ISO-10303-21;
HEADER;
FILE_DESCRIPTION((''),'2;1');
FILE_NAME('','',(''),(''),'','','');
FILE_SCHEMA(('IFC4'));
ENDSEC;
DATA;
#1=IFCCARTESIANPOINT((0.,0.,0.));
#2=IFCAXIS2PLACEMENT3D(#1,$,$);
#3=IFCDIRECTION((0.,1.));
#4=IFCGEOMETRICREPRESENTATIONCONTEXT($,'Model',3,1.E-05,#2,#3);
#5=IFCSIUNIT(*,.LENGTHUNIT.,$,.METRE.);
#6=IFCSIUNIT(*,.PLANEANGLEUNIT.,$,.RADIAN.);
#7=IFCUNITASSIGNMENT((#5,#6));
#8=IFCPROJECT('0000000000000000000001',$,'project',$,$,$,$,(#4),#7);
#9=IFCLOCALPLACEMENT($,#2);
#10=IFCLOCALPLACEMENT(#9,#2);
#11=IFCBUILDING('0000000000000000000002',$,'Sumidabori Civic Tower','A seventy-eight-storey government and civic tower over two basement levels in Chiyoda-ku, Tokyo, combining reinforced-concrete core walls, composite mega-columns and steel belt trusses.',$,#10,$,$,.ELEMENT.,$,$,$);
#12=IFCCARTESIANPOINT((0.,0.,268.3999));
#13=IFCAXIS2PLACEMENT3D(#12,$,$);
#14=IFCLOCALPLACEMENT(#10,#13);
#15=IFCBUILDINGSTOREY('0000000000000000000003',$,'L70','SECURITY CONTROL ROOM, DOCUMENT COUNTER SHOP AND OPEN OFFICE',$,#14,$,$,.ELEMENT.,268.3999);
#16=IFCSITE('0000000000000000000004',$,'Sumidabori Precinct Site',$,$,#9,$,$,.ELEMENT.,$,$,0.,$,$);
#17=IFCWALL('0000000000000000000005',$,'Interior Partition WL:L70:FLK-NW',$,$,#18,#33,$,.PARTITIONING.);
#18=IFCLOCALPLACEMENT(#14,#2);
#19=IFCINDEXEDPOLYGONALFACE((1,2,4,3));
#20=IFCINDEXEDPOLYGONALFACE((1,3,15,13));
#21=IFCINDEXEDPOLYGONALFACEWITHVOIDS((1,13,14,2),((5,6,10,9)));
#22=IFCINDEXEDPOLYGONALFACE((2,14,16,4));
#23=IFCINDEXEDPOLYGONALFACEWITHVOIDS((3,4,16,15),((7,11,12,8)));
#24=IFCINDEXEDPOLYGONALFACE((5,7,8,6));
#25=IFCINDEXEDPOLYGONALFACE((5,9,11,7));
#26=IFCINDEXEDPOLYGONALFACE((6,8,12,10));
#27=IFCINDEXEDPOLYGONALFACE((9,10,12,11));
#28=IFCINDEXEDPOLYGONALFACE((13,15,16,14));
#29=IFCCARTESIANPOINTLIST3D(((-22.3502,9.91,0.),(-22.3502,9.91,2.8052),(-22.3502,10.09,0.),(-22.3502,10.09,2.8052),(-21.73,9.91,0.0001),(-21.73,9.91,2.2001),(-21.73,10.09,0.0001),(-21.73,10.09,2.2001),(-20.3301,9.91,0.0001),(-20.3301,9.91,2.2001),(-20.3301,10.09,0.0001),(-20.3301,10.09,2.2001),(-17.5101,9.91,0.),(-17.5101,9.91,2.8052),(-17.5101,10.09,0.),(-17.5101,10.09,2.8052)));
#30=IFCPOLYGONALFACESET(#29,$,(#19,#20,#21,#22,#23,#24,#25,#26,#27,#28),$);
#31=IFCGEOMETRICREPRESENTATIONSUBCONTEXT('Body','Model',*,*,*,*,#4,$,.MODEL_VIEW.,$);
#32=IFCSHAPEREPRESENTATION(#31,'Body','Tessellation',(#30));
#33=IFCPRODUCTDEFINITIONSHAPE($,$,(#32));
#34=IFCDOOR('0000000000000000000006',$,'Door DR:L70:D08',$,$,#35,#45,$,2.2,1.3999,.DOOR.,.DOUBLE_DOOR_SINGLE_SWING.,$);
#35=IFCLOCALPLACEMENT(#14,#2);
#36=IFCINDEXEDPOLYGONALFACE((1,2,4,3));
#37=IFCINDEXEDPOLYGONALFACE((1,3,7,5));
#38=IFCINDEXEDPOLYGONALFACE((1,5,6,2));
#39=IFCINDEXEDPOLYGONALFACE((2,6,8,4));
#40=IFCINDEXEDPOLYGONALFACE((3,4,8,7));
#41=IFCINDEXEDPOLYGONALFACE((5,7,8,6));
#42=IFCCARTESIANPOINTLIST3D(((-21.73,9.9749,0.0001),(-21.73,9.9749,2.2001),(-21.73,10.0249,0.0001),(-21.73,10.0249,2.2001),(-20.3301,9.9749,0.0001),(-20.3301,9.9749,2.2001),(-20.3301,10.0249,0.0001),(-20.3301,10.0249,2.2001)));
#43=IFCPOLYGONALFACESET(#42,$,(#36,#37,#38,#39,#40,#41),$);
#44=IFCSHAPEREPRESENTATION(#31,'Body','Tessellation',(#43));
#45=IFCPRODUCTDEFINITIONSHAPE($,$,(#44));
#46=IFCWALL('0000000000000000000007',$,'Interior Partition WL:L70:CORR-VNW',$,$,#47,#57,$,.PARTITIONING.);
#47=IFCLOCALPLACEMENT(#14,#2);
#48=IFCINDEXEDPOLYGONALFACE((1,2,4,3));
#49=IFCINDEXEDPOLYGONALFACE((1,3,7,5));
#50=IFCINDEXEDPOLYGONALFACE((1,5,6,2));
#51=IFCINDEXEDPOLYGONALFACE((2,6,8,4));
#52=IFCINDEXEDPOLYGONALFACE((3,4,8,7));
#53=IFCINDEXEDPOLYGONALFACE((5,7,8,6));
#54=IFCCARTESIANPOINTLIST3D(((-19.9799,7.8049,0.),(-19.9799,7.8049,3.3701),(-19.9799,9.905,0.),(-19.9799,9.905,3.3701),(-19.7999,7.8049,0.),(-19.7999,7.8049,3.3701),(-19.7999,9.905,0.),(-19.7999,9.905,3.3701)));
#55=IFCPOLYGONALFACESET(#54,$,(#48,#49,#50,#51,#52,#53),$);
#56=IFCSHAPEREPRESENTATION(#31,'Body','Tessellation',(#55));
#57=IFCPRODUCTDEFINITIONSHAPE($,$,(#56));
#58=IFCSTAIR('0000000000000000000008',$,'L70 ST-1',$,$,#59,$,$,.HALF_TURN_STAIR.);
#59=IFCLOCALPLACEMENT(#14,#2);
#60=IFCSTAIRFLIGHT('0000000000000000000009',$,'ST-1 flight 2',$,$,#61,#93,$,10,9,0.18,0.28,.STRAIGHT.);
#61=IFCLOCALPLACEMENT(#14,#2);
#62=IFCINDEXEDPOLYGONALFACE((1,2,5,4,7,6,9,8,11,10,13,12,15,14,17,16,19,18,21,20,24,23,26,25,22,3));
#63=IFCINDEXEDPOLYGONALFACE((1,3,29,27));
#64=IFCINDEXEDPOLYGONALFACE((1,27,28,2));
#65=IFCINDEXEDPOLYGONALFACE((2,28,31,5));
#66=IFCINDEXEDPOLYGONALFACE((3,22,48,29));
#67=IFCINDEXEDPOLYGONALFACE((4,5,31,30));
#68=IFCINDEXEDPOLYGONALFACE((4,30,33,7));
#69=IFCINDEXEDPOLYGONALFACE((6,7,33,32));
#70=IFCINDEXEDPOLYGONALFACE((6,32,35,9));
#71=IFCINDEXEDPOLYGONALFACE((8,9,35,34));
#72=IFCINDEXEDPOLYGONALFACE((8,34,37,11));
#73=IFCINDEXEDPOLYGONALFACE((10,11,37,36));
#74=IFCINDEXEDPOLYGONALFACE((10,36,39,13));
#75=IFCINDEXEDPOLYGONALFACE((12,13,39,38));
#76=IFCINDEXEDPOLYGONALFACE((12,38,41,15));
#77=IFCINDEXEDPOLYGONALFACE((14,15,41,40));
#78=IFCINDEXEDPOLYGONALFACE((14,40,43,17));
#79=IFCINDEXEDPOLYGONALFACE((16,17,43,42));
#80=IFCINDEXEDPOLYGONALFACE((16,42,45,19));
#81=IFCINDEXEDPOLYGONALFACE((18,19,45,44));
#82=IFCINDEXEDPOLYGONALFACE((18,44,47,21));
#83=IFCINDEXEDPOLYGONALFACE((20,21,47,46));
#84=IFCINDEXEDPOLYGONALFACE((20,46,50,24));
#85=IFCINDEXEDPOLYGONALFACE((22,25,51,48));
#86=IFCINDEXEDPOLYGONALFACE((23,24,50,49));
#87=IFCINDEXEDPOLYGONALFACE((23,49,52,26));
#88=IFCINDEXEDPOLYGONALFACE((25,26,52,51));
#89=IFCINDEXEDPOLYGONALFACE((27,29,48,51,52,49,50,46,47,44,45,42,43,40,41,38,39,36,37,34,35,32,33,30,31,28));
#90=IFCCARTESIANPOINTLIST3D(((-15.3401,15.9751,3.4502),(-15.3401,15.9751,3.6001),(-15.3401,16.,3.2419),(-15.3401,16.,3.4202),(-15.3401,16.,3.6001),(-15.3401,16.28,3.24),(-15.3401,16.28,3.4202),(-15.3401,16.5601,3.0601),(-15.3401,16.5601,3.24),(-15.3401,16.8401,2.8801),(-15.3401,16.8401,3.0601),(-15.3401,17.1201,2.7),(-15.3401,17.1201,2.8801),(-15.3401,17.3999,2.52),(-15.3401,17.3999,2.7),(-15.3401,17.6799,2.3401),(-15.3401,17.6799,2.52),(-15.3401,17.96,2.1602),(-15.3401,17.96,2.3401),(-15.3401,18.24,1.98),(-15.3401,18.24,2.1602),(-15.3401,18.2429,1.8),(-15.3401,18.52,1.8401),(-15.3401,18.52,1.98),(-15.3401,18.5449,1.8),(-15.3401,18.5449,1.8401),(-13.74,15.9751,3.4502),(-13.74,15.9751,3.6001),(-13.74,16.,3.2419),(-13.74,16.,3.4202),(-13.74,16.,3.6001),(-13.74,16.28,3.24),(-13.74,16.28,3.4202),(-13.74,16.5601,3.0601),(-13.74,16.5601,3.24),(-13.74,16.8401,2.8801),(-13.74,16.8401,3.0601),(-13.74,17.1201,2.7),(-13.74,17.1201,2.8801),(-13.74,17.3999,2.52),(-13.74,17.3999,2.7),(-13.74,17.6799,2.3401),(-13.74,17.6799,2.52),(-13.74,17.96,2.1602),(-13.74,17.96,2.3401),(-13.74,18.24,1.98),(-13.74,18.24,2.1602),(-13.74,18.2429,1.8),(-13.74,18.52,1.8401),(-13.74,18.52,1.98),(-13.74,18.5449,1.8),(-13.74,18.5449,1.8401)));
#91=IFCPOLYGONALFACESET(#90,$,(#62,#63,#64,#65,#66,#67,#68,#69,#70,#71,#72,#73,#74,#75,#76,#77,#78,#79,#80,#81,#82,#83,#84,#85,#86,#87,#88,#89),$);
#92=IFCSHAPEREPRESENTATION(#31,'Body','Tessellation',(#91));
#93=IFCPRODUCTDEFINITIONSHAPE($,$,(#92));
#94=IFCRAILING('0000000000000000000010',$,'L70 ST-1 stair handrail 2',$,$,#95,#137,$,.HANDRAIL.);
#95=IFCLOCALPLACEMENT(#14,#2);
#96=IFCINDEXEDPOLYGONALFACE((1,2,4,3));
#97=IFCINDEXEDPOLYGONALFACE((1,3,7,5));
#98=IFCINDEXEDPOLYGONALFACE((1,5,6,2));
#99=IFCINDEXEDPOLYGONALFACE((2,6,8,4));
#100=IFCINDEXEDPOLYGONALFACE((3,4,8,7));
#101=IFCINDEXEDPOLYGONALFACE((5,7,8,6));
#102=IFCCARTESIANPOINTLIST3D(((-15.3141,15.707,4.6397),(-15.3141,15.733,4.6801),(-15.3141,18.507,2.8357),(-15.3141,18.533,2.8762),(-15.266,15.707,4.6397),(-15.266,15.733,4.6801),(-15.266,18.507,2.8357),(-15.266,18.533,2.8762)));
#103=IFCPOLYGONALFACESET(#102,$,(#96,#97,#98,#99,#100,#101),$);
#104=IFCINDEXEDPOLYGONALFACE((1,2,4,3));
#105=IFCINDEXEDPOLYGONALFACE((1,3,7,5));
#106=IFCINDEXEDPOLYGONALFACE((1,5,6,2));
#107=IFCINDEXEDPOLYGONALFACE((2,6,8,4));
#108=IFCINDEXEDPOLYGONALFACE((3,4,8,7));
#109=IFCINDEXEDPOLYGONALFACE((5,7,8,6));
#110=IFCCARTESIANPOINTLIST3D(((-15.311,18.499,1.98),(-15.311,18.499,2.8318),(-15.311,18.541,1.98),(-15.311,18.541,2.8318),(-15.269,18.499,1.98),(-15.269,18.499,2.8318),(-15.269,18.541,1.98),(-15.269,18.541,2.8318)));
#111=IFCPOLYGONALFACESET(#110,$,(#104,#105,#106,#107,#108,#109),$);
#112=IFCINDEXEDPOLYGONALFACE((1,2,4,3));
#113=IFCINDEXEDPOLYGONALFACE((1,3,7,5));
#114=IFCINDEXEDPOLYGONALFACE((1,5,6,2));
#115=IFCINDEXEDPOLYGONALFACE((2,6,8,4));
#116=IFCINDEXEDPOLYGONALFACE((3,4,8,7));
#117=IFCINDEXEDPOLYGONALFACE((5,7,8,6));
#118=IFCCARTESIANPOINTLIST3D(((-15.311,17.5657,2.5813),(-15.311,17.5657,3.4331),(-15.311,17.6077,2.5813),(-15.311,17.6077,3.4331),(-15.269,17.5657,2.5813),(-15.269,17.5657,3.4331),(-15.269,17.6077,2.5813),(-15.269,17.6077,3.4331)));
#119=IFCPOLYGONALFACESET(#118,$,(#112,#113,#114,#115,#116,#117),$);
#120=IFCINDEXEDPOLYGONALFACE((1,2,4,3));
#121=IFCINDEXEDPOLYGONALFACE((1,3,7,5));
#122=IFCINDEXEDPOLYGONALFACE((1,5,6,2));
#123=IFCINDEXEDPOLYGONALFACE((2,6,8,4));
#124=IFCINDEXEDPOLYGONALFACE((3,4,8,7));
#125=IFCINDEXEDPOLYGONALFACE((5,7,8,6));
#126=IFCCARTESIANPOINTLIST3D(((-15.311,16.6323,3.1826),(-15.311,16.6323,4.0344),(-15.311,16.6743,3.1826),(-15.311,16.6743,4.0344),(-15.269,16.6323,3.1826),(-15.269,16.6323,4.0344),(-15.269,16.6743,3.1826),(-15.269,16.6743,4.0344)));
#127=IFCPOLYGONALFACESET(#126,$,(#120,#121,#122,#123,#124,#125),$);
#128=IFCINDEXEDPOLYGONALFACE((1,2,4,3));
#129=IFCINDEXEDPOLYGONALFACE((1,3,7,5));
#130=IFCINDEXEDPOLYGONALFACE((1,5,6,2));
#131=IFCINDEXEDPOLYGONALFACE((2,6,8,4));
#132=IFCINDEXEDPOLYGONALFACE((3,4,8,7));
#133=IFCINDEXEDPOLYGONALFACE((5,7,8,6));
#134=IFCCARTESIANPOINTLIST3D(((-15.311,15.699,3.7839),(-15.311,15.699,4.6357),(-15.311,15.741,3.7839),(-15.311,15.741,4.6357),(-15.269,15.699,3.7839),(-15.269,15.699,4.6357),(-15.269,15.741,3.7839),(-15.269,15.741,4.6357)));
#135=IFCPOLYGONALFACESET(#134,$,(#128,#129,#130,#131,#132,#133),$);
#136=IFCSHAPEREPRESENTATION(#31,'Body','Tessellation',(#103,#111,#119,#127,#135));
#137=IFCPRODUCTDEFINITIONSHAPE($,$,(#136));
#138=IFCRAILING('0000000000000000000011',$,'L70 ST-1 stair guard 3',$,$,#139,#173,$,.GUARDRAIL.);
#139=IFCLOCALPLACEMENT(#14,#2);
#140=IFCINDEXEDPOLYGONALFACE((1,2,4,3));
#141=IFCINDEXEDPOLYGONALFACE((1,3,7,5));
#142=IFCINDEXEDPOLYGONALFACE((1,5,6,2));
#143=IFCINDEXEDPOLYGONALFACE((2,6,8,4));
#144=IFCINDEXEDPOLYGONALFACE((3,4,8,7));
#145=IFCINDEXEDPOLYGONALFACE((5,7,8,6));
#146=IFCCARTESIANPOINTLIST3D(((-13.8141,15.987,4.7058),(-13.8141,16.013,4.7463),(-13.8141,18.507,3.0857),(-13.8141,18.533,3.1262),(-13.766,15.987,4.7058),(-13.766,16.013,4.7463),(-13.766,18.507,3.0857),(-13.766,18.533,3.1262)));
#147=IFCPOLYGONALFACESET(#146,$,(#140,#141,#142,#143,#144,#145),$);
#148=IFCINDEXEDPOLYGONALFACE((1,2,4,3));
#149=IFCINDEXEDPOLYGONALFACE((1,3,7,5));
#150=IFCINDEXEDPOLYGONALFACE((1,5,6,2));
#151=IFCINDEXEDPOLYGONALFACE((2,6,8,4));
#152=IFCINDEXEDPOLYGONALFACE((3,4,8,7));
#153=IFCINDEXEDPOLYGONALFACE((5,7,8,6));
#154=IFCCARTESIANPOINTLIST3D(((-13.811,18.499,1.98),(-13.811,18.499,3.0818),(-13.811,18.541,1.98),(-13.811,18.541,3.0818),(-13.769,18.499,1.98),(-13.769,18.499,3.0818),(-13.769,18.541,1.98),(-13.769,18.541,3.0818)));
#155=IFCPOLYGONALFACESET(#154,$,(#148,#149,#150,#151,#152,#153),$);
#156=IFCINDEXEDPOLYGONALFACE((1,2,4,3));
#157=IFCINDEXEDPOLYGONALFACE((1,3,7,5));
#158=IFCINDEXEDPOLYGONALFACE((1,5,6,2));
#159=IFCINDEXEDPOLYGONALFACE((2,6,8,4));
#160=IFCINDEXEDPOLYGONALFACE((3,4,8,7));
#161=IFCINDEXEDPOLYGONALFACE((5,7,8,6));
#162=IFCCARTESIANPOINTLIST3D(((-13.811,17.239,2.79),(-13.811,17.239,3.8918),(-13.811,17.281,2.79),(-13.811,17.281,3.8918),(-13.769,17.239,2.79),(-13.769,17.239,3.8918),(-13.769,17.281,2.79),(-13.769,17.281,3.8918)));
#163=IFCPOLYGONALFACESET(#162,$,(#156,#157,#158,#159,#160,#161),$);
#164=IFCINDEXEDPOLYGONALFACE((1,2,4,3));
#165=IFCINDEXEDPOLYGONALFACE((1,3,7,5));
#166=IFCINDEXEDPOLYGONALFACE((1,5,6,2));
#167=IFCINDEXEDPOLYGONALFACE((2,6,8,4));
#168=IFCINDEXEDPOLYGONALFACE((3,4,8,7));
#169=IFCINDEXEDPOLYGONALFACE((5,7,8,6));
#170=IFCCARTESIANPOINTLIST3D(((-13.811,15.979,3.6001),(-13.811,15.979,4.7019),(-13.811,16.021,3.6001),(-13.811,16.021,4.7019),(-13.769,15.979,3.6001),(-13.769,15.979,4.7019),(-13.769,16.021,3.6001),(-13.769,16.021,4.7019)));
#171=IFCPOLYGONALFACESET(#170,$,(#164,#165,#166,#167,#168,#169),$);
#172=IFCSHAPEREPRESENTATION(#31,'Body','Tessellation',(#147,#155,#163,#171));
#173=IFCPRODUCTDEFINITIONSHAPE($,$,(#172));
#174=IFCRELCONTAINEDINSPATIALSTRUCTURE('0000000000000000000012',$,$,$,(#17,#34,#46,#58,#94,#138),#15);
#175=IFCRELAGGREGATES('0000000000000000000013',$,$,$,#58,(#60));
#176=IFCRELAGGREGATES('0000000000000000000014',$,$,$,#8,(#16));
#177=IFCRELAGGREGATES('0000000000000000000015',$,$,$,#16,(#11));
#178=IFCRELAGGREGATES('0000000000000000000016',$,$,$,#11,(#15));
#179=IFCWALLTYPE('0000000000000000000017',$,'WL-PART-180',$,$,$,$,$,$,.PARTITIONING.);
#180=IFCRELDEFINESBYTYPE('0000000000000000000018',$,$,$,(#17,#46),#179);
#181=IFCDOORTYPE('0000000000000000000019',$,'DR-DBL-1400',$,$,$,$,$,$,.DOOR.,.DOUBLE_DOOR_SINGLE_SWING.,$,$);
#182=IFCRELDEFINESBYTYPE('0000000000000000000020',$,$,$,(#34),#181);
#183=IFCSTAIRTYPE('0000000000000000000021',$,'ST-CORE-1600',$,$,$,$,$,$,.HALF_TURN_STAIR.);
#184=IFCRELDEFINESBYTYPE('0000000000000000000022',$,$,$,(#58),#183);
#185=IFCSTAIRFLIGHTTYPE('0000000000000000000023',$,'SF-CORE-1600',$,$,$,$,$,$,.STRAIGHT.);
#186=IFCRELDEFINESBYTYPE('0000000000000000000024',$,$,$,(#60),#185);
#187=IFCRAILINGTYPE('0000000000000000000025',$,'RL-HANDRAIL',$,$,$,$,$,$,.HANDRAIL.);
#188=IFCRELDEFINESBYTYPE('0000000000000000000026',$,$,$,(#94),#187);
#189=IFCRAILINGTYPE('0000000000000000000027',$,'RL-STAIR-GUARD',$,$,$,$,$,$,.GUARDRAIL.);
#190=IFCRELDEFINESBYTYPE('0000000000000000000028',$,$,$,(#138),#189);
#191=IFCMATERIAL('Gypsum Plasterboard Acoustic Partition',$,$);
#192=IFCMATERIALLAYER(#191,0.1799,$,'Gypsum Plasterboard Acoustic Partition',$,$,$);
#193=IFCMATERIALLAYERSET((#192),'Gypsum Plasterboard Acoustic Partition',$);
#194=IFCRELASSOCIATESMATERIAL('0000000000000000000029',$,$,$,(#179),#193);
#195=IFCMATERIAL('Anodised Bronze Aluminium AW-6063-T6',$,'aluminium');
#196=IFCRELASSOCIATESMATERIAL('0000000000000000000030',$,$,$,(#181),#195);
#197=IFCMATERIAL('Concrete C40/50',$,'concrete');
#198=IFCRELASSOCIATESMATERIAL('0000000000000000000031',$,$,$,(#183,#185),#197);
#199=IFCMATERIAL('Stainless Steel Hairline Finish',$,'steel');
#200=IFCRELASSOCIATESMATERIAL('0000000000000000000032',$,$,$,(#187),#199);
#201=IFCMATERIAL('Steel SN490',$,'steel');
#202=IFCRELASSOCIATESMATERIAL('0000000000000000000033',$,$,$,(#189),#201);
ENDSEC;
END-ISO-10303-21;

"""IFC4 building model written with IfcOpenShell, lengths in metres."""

from ifc_helpers import new_model, si_unit, direction, frame, frame_2d, origin, origin_2d, place, context, subcontext, project, spatial, polyline, rectangle, outline, extrude, source, transform, mapped, material, layer, layer_set, type_object, element, fill, aggregate, save


model = new_model("IFC4")

# Units and contexts
model_context = context("Model", 3, precision=1e-05, world=origin(), true_north=direction((0.0, 1.0)))
body_context = subcontext(model_context, "Body", "Model", "MODEL_VIEW")
ifc_project = project(units=[si_unit("LENGTHUNIT", "METRE"), si_unit("PLANEANGLEUNIT", "RADIAN")], contexts=[model_context])

# Site, building, storey
site_placement = place(None, origin())
site = spatial("IfcSite", under=ifc_project, at=site_placement, Name="Sumidabori Precinct Site", CompositionType="ELEMENT", RefElevation=0.0)
building_placement = place(site_placement, origin())
building = spatial("IfcBuilding", under=site, at=building_placement, Name="Sumidabori Civic Tower", Description="A seventy-eight-storey government and civic tower over two basement levels in Chiyoda-ku, Tokyo, combining reinforced-concrete core walls, composite mega-columns and steel belt trusses.", CompositionType="ELEMENT")
storey_placement = place(building_placement, frame((0.0, 0.0, 268.3999)))
storey = spatial("IfcBuildingStorey", under=building, at=storey_placement, Name="L70", Description="SECURITY CONTROL ROOM, DOCUMENT COUNTER SHOP AND OPEN OFFICE", CompositionType="ELEMENT", Elevation=268.3999)

# Shared definitions
ifc_material_1 = material(Name="Steel SN490", Category="steel")

# Shared definitions
ifc_material_2 = material(Name="Anodised Bronze Aluminium AW-6063-T6", Category="aluminium")

# Wall, opening, door
ifc_material_3 = material(Name="Gypsum Plasterboard Acoustic Partition")
ifc_layer_1 = layer(ifc_material_3, 0.1799, Name="Gypsum Plasterboard Acoustic Partition")
ifc_layer_set_1 = layer_set([ifc_layer_1], Name="Gypsum Plasterboard Acoustic Partition")
wall_type_1 = type_object("IfcWallType", Name="WL-PART-180", PredefinedType="PARTITIONING", material=ifc_layer_set_1)
shared_shape_1 = source(origin(), body_context, "Body", "SweptSolid", [
    extrude(rectangle(XDim=4.8401, YDim=0.1799, at=frame_2d((2.4199, 0.0))), origin(), (0.0, 0.0, 1.0), 2.8052),
])
wall_1_placement = place(storey_placement, frame((-22.3501, 10.0, 0.0), z_axis=(0.0, 0.0, 1.0), x_axis=(1.0, 0.0, 0.0)))
wall_1 = element("IfcWall", 1, at=wall_1_placement, inside=storey, type_object=wall_type_1, Name="Interior Partition WL:L70:FLK-NW", PredefinedType="PARTITIONING", context=body_context, shape_type="MappedRepresentation", body=[
    mapped(shared_shape_1, transform((0.0, 0.0, 0.0), x_axis=(1.0, 0.0, 0.0), y_axis=(0.0, 1.0, 0.0), z_axis=(0.0, 0.0, 1.0), scale=1.0)),
])
opening_1_placement = place(wall_1_placement, frame((0.6201, 0.0, 0.0)))
opening_1 = element("IfcOpeningElement", 2, at=opening_1_placement, cuts=wall_1, PredefinedType="OPENING", context=body_context, shape_type="SweptSolid", body=[
    extrude(rectangle(XDim=1.3999, YDim=2.2, at=frame_2d((0.7, 1.1001))), frame((0.0, 0.1021, 0.0), z_axis=(0.0, -1.0, 0.0), x_axis=(1.0, 0.0, 0.0)), (0.0, 0.0, 1.0), 0.2039),
])
door_type_1 = type_object("IfcDoorType", Name="DR-DBL-1400", OperationType="DOUBLE_DOOR_SINGLE_SWING", PredefinedType="DOOR", material=ifc_material_2)
shared_shape_2 = source(origin(), body_context, "Body", "SweptSolid", [
    extrude(rectangle(XDim=1.3999, YDim=2.2, at=frame_2d((0.7, 1.1001))), frame((0.0, 0.0249, 0.0), z_axis=(0.0, -1.0, 0.0), x_axis=(1.0, 0.0, 0.0)), (0.0, 0.0, 1.0), 0.05),
])
door_1_placement = place(opening_1_placement, origin())
door_1 = element("IfcDoor", 3, at=door_1_placement, inside=storey, type_object=door_type_1, Name="Door DR:L70:D08", OperationType="DOUBLE_DOOR_SINGLE_SWING", OverallHeight=2.2, OverallWidth=1.3999, PredefinedType="DOOR", context=body_context, shape_type="MappedRepresentation", body=[
    mapped(shared_shape_2, transform((0.0, 0.0, 0.0), x_axis=(1.0, 0.0, 0.0), y_axis=(0.0, 1.0, 0.0), z_axis=(0.0, 0.0, 1.0), scale=1.0)),
])
fill(opening_1, door_1)

# Wall
shared_shape_3 = source(origin(), body_context, "Body", "SweptSolid", [
    extrude(rectangle(XDim=2.1001, YDim=0.1799, at=frame_2d((1.05, 0.0))), origin(), (0.0, 0.0, 1.0), 3.3701),
])
wall_2_placement = place(storey_placement, frame((-19.8899, 7.8049, 0.0), z_axis=(0.0, 0.0, 1.0), x_axis=(0.0, 1.0, 0.0)))
element("IfcWall", 4, at=wall_2_placement, inside=storey, type_object=wall_type_1, Name="Interior Partition WL:L70:CORR-VNW", PredefinedType="PARTITIONING", context=body_context, shape_type="MappedRepresentation", body=[
    mapped(shared_shape_3, transform((0.0, 0.0, 0.0), x_axis=(1.0, 0.0, 0.0), y_axis=(0.0, 1.0, 0.0), z_axis=(0.0, 0.0, 1.0), scale=1.0)),
])

# Stair, stair flight
ifc_material_4 = material(Name="Concrete C40/50", Category="concrete")
stair_type = type_object("IfcStairType", Name="ST-CORE-1600", PredefinedType="HALF_TURN_STAIR", material=ifc_material_4)
stair_placement = place(storey_placement, origin())
stair = element("IfcStair", 5, at=stair_placement, inside=storey, type_object=stair_type, Name="L70 ST-1", PredefinedType="HALF_TURN_STAIR")
stair_flight_type = type_object("IfcStairFlightType", Name="SF-CORE-1600", PredefinedType="STRAIGHT", material=ifc_material_4)
shared_shape_4 = source(origin(), body_context, "Body", "SweptSolid", [
    extrude(outline(polyline([(-0.0249, 0.0), (-0.0249, 0.04), (0.0, 0.04), (0.0, 0.1799), (0.28, 0.1799), (0.28, 0.3601), (0.5601, 0.3601), (0.5601, 0.54), (0.8401, 0.54), (0.8401, 0.72), (1.1201, 0.72), (1.1201, 0.8999), (1.3999, 0.8999), (1.3999, 1.0801), (1.6799, 1.0801), (1.6799, 1.26), (1.96, 1.26), (1.96, 1.4399), (2.24, 1.4399), (2.24, 1.6201), (2.52, 1.6201), (2.52, 1.8), (2.5449, 1.8), (2.5449, 1.6501), (2.52, 1.4419), (0.2771, 0.0), (-0.0249, 0.0)])), frame((0.0, 0.8, 0.0), z_axis=(0.0, -1.0, 0.0), x_axis=(1.0, 0.0, 0.0)), (0.0, 0.0, 1.0), 1.6001),
])
stair_flight_placement = place(storey_placement, frame((-14.54, 18.52, 1.8), z_axis=(0.0, 0.0, 1.0), x_axis=(0.0, -1.0, 0.0)))
stair_flight = element("IfcStairFlight", 6, at=stair_flight_placement, type_object=stair_flight_type, Name="ST-1 flight 2", NumberOfRisers=10, NumberOfTreads=9, PredefinedType="STRAIGHT", RiserHeight=0.18, TreadLength=0.28, context=body_context, shape_type="MappedRepresentation", body=[
    mapped(shared_shape_4, transform((0.0, 0.0, 0.0), x_axis=(1.0, 0.0, 0.0), y_axis=(0.0, 1.0, 0.0), z_axis=(0.0, 0.0, 1.0), scale=1.0)),
])
aggregate(stair, [stair_flight])

# Railings
ifc_material_5 = material(Name="Stainless Steel Hairline Finish", Category="steel")
railing_type_1 = type_object("IfcRailingType", Name="RL-HANDRAIL", PredefinedType="HANDRAIL", material=ifc_material_5)
railing_1_placement = place(storey_placement, frame((-15.29, 18.52, 1.98)))
element("IfcRailing", 7, at=railing_1_placement, inside=storey, type_object=railing_type_1, Name="L70 ST-1 stair handrail 2", PredefinedType="HANDRAIL", context=body_context, shape_type="SweptSolid", body=[
    extrude(rectangle(XDim=0.0481, YDim=0.0481, at=origin_2d()), frame((0.0, 0.0, 0.876), z_axis=(0.0, -0.840642, 0.541591), x_axis=(1.0, 0.0, 0.0)), (0.0, 0.0, 1.0), 3.3308),
    extrude(rectangle(XDim=0.042, YDim=0.042, at=origin_2d()), origin(), (0.0, 0.0, 1.0), 0.8518),
    extrude(rectangle(XDim=0.042, YDim=0.042, at=origin_2d()), frame((0.0, -0.9333, 0.6013)), (0.0, 0.0, 1.0), 0.8518),
    extrude(rectangle(XDim=0.042, YDim=0.042, at=origin_2d()), frame((0.0, -1.8667, 1.2026)), (0.0, 0.0, 1.0), 0.8518),
    extrude(rectangle(XDim=0.042, YDim=0.042, at=origin_2d()), frame((0.0, -2.8, 1.804)), (0.0, 0.0, 1.0), 0.8518),
])
railing_type_2 = type_object("IfcRailingType", Name="RL-STAIR-GUARD", PredefinedType="GUARDRAIL", material=ifc_material_1)
railing_2_placement = place(storey_placement, frame((-13.79, 18.52, 1.98)))
element("IfcRailing", 8, at=railing_2_placement, inside=storey, type_object=railing_type_2, Name="L70 ST-1 stair guard 3", PredefinedType="GUARDRAIL", context=body_context, shape_type="SweptSolid", body=[
    extrude(rectangle(XDim=0.0481, YDim=0.0481, at=origin_2d()), frame((0.0, 0.0, 1.126), z_axis=(0.0, -0.841163, 0.540782), x_axis=(1.0, 0.0, 0.0)), (0.0, 0.0, 1.0), 2.9958),
    extrude(rectangle(XDim=0.042, YDim=0.042, at=origin_2d()), origin(), (0.0, 0.0, 1.0), 1.1018),
    extrude(rectangle(XDim=0.042, YDim=0.042, at=origin_2d()), frame((0.0, -1.26, 0.8101)), (0.0, 0.0, 1.0), 1.1018),
    extrude(rectangle(XDim=0.042, YDim=0.042, at=origin_2d()), frame((0.0, -2.52, 1.6201)), (0.0, 0.0, 1.0), 1.1018),
])

save(model, "model.ifc")
